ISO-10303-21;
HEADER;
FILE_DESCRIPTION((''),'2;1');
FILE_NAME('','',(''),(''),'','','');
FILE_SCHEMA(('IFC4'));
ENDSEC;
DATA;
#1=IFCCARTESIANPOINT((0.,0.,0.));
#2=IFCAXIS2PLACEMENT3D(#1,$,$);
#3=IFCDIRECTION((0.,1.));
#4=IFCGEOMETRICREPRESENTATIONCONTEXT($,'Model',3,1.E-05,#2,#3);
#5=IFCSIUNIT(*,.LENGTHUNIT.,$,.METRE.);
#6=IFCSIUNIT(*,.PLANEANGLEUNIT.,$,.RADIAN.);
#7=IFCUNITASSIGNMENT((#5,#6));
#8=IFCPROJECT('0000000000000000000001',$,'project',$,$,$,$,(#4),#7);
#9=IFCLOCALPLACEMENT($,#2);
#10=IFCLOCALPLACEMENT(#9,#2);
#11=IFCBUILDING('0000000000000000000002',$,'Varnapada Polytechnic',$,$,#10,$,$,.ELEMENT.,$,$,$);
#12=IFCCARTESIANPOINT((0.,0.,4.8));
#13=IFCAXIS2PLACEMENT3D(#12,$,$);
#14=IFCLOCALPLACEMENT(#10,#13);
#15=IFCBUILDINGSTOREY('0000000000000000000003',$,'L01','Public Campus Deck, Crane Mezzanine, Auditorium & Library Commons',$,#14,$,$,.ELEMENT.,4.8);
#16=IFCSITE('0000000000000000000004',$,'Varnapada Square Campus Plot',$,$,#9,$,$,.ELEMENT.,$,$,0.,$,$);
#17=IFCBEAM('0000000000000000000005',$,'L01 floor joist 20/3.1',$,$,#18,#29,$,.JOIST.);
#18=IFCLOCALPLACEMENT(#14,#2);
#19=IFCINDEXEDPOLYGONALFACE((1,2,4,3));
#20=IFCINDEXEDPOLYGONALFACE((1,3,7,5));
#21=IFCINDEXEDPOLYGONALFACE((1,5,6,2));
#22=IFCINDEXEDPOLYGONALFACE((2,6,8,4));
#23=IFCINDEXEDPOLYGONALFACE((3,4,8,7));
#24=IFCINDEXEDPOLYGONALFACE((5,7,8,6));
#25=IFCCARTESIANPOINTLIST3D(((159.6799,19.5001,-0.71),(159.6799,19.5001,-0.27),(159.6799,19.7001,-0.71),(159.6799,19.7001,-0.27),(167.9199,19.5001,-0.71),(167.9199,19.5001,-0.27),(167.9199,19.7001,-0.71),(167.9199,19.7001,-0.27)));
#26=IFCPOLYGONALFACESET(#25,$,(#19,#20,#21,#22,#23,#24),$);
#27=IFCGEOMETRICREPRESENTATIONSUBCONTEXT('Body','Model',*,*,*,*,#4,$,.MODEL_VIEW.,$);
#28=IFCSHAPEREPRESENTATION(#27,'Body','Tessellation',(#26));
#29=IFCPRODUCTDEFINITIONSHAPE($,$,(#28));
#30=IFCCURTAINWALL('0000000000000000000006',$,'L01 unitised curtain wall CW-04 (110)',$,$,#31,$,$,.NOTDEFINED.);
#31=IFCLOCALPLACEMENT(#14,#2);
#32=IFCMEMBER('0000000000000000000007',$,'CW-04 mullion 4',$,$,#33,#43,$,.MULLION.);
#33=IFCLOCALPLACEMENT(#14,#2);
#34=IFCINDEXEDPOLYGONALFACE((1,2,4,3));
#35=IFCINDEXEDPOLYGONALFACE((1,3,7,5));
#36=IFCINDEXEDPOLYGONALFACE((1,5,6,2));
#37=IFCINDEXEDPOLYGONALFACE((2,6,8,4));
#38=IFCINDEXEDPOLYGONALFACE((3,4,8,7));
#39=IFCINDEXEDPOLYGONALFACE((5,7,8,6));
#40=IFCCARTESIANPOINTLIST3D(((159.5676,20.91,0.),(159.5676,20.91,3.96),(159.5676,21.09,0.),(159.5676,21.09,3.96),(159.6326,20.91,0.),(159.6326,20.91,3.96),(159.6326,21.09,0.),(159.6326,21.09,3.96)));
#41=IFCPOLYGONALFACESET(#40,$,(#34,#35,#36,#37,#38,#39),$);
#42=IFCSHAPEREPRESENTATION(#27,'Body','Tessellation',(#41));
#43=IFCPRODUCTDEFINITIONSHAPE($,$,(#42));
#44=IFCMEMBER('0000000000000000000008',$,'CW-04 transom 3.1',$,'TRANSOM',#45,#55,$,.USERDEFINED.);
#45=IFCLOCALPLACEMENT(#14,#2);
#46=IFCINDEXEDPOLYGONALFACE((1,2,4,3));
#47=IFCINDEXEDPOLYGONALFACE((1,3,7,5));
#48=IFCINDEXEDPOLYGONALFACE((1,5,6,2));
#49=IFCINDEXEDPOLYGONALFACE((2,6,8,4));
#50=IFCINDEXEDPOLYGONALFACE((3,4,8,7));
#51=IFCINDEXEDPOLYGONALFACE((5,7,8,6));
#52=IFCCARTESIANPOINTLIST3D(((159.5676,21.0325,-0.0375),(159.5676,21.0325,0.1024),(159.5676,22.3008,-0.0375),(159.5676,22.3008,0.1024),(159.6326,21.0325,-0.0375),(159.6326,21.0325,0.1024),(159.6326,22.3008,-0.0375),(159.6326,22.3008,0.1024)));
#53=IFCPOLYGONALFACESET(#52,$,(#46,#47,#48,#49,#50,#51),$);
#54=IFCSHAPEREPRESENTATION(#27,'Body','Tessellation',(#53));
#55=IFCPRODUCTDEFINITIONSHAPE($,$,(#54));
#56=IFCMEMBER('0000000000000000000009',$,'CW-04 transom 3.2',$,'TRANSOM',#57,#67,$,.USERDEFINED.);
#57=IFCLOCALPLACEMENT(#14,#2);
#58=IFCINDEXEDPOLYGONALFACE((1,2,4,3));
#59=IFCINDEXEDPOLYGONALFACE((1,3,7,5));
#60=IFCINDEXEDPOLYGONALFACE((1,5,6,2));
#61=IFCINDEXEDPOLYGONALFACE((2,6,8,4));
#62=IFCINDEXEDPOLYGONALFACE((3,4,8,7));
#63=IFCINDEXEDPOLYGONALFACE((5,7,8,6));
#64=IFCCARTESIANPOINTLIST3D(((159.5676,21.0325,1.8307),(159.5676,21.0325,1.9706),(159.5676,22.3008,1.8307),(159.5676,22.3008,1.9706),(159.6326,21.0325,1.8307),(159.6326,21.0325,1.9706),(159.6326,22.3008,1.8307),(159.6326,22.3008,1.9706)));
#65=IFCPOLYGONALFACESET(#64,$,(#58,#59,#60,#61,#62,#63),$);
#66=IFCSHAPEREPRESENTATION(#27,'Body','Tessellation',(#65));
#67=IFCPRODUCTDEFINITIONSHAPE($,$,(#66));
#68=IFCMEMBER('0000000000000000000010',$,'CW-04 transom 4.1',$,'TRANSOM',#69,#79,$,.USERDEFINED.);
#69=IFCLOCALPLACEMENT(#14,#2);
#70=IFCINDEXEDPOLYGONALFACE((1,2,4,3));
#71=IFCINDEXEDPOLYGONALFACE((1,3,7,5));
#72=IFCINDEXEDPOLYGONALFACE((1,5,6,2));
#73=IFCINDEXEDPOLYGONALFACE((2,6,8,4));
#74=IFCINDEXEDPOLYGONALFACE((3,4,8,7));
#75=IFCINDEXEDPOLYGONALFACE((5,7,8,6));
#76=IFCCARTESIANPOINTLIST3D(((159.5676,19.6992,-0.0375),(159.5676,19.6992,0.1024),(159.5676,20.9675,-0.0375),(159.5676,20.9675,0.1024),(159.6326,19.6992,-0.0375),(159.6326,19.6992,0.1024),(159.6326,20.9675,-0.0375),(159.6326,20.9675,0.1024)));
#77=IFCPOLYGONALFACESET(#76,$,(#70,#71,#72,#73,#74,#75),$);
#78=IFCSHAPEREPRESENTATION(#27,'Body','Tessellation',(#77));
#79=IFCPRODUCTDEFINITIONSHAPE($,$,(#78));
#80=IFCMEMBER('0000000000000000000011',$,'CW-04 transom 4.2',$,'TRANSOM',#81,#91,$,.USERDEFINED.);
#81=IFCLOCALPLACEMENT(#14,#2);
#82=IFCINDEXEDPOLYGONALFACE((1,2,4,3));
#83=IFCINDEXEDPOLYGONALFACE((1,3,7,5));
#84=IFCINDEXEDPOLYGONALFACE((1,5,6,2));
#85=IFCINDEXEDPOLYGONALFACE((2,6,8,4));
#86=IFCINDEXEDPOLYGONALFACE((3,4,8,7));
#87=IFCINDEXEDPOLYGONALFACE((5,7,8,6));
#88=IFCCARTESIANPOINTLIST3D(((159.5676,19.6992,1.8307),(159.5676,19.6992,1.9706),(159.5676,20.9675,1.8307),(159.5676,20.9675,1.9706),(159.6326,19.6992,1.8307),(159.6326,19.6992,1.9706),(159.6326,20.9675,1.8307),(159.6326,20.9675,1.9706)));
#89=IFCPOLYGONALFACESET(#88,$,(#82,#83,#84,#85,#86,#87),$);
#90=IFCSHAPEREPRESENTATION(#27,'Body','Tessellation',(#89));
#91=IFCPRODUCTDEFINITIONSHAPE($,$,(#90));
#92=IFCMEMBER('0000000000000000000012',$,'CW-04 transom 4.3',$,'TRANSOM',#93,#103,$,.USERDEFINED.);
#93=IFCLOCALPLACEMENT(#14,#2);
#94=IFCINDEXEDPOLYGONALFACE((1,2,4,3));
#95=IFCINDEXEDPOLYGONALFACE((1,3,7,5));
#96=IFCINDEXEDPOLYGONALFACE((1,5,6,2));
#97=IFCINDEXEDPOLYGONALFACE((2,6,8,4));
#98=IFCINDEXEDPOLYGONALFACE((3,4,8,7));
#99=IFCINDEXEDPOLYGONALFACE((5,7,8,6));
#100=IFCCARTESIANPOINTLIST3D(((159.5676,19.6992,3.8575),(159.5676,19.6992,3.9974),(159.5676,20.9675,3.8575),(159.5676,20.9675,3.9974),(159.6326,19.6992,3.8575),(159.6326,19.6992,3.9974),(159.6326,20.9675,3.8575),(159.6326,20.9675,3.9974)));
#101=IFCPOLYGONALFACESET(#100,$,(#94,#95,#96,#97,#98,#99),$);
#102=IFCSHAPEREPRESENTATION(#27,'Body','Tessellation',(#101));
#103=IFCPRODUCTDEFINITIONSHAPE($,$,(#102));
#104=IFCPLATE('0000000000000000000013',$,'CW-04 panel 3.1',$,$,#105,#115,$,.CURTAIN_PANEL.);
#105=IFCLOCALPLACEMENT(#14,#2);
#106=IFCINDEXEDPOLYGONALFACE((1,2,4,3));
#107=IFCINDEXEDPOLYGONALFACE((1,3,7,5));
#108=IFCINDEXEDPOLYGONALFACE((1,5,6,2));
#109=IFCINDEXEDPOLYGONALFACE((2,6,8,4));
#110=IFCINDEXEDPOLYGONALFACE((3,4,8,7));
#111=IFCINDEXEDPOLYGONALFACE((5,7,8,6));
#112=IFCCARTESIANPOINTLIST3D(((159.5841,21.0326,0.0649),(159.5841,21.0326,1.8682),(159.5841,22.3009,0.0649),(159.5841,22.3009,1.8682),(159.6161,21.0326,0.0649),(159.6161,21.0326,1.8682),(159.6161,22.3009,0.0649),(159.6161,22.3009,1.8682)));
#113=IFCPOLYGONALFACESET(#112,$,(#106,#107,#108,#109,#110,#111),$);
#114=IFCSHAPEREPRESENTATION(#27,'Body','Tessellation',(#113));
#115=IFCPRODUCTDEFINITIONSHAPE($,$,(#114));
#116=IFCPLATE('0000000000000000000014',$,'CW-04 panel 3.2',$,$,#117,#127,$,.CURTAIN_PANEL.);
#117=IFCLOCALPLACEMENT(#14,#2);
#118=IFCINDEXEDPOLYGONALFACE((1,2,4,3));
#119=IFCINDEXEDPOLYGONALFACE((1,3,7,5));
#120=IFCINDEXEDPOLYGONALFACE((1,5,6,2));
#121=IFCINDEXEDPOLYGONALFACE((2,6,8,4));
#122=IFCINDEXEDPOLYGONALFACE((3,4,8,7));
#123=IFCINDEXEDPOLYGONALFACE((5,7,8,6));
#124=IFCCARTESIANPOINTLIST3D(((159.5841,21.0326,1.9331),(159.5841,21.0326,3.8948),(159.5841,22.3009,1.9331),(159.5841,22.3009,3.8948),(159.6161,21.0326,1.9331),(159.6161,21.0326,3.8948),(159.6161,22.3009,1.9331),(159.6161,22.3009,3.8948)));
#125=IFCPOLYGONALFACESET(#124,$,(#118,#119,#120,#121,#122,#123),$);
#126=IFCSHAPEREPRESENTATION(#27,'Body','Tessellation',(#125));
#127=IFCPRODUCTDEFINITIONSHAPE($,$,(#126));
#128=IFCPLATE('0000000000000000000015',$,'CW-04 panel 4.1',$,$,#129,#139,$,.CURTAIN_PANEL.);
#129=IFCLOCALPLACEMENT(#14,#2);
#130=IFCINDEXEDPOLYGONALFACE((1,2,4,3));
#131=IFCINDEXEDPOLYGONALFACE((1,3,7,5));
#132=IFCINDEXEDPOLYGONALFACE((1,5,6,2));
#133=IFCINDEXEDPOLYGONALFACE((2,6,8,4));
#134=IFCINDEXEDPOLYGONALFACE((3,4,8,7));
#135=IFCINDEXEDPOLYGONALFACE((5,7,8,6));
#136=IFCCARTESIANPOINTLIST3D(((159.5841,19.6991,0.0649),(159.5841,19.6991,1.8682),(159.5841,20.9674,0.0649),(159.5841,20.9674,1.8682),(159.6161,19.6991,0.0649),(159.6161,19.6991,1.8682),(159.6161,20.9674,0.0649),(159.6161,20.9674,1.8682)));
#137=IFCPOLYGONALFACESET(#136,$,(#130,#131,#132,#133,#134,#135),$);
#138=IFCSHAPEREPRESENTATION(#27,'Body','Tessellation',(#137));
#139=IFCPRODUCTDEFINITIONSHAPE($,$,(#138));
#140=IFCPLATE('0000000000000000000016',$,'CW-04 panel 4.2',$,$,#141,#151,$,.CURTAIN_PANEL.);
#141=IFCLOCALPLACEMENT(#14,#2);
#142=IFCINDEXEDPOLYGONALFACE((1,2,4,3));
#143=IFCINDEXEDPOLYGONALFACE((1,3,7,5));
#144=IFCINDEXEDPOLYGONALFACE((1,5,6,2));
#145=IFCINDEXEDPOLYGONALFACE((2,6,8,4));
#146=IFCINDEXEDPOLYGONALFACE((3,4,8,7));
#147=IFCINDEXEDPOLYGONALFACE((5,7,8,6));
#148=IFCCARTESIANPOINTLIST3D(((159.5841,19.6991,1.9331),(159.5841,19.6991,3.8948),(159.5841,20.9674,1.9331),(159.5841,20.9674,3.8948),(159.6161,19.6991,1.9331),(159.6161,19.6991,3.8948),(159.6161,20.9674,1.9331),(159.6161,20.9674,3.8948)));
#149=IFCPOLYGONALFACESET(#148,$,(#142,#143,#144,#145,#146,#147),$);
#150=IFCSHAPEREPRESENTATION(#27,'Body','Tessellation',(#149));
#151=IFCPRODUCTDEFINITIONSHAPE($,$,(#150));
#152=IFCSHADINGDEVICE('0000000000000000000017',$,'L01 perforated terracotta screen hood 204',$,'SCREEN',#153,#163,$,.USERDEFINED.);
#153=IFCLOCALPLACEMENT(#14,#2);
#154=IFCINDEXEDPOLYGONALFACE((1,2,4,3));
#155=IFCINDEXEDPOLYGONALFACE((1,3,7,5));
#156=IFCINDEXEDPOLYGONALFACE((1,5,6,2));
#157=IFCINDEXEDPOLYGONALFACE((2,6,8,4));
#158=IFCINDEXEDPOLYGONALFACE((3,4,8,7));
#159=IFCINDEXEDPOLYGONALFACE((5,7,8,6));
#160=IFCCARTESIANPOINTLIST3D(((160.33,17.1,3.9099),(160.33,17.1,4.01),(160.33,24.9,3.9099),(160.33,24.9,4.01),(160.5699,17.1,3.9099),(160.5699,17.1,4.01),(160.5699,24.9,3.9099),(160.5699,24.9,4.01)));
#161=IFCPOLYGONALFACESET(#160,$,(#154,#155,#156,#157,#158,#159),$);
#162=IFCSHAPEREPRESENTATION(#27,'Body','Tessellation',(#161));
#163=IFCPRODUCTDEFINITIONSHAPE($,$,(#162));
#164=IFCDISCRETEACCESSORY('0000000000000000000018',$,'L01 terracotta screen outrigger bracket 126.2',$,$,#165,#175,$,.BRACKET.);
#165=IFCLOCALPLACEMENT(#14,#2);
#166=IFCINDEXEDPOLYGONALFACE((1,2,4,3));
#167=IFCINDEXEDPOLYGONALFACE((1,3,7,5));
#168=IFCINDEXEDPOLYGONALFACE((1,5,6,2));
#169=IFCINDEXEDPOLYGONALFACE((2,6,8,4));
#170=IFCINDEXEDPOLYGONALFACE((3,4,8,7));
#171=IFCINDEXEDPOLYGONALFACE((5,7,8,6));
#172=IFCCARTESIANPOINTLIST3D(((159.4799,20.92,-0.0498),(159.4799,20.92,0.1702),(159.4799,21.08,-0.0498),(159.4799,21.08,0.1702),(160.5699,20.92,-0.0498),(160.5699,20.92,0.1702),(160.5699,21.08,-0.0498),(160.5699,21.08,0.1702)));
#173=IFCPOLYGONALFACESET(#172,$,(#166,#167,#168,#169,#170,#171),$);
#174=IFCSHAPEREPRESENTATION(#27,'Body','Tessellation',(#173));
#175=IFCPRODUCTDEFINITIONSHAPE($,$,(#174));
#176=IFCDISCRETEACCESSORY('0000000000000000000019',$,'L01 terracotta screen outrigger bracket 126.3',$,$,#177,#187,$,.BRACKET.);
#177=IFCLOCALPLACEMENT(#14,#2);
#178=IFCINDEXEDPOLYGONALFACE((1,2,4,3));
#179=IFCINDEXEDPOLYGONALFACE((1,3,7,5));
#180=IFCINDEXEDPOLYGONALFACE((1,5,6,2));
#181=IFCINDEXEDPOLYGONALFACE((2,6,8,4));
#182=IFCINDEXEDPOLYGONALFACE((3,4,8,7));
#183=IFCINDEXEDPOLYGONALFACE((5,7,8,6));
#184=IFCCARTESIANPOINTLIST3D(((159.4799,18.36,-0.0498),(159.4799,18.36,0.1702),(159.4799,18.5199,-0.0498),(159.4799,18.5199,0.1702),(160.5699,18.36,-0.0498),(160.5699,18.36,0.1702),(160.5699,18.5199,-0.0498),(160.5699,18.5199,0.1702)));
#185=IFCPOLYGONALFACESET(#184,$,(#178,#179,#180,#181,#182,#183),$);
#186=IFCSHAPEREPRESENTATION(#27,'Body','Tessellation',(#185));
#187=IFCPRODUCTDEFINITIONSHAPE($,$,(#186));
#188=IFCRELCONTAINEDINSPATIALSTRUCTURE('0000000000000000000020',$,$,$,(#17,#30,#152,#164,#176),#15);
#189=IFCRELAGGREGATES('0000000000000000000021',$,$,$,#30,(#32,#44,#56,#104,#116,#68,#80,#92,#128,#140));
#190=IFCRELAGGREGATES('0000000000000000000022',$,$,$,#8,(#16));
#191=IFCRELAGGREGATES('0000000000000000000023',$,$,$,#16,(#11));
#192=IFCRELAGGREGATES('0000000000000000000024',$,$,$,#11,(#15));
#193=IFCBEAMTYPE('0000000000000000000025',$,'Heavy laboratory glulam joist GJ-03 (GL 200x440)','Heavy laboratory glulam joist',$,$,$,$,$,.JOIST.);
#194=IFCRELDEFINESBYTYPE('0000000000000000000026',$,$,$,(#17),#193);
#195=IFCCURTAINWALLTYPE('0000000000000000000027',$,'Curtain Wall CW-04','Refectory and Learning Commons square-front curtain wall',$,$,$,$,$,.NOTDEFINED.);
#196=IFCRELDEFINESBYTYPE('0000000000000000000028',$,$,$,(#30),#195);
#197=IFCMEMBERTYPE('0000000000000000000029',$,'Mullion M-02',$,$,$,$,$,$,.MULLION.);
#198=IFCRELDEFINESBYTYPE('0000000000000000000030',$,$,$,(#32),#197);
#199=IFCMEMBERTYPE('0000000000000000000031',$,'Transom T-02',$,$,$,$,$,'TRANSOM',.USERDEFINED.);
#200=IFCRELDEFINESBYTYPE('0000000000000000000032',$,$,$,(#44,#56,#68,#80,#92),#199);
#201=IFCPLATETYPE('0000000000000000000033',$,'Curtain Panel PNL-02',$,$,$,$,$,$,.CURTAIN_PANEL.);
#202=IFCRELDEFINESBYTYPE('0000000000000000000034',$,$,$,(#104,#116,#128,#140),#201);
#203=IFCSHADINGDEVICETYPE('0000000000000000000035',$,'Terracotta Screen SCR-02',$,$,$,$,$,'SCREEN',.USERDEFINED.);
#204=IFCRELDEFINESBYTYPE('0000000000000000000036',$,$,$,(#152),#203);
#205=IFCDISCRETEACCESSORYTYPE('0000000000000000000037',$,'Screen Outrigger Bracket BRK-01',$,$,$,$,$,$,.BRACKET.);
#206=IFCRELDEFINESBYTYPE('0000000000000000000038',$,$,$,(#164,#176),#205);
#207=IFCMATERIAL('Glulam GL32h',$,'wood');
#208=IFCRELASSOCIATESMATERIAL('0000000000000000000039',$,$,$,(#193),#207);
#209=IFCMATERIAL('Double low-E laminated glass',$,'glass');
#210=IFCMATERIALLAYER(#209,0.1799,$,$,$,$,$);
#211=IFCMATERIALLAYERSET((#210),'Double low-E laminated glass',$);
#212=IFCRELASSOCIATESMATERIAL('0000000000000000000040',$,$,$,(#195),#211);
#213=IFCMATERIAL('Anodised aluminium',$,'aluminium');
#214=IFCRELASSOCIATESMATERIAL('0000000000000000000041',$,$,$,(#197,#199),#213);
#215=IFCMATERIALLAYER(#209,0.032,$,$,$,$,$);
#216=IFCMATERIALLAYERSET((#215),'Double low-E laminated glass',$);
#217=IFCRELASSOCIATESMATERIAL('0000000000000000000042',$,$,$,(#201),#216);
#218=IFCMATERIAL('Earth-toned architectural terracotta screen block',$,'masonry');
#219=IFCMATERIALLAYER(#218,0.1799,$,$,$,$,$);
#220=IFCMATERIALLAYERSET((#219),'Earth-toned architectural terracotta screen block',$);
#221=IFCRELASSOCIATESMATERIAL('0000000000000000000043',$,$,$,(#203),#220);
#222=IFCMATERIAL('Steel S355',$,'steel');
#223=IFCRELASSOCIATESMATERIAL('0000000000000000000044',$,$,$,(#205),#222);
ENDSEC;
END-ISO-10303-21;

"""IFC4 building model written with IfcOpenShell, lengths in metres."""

from ifc_helpers import new_model, si_unit, direction, frame, origin, origin_2d, place, context, subcontext, project, spatial, rectangle, extrude, material, layer, layer_set, material_profile, profile_set, type_object, element, aggregate, save


model = new_model("IFC4")

# Units and contexts
model_context = context("Model", 3, precision=1e-05, world=origin(), true_north=direction((0.0, 1.0)))
body_context = subcontext(model_context, "Body", "Model", "MODEL_VIEW")
ifc_project = project(units=[si_unit("LENGTHUNIT", "METRE"), si_unit("PLANEANGLEUNIT", "RADIAN")], contexts=[model_context])

# Site, building, storey
site_placement = place(None, origin())
site = spatial("IfcSite", under=ifc_project, at=site_placement, Name="Varnapada Square Campus Plot", CompositionType="ELEMENT", RefElevation=0.0)
building_placement = place(site_placement, origin())
building = spatial("IfcBuilding", under=site, at=building_placement, Name="Varnapada Polytechnic", CompositionType="ELEMENT")
storey_placement = place(building_placement, frame((0.0, 0.0, 4.8)))
storey = spatial("IfcBuildingStorey", under=building, at=storey_placement, Name="L01", Description="Public Campus Deck, Crane Mezzanine, Auditorium & Library Commons", CompositionType="ELEMENT", Elevation=4.8)

# Beam
ifc_material_1 = material(Name="Glulam GL32h", Category="wood")
ifc_material_profile_1 = material_profile(ifc_material_1, rectangle(XDim=0.2, YDim=0.4399, at=origin_2d()), Name="GL 200x440")
ifc_profile_set_1 = profile_set([ifc_material_profile_1], Name="Glulam GL32h")
beam_type = type_object("IfcBeamType", Name="Heavy laboratory glulam joist GJ-03 (GL 200x440)", Description="Heavy laboratory glulam joist", PredefinedType="JOIST", material=ifc_profile_set_1)
beam_placement = place(storey_placement, frame((159.6799, 19.6001, -0.49), z_axis=(1.0, 0.0, 0.0), x_axis=(0.0, 1.0, 0.0)))
element("IfcBeam", 1, at=beam_placement, inside=storey, type_object=beam_type, Name="L01 floor joist 20/3.1", PredefinedType="JOIST", context=body_context, shape_type="SweptSolid", body=[
    extrude(rectangle(XDim=0.2, YDim=0.4399, at=origin_2d()), origin(), (0.0, 0.0, 1.0), 8.24),
])

# Curtain wall, members, plates
ifc_material_2 = material(Name="Double low-E laminated glass", Category="glass")
ifc_layer_1 = layer(ifc_material_2, 0.1799)
ifc_layer_set_1 = layer_set([ifc_layer_1], Name="Double low-E laminated glass")
curtain_wall_type = type_object("IfcCurtainWallType", Name="Curtain Wall CW-04", Description="Refectory and Learning Commons square-front curtain wall", PredefinedType="NOTDEFINED", material=ifc_layer_set_1)
curtain_wall_placement = place(storey_placement, origin())
curtain_wall = element("IfcCurtainWall", 2, at=curtain_wall_placement, inside=storey, type_object=curtain_wall_type, Name="L01 unitised curtain wall CW-04 (110)", PredefinedType="NOTDEFINED")
ifc_material_3 = material(Name="Anodised aluminium", Category="aluminium")
ifc_material_profile_2 = material_profile(ifc_material_3, rectangle(XDim=0.0649, YDim=0.1799, at=origin_2d()), Name="ALU M65x180")
ifc_profile_set_2 = profile_set([ifc_material_profile_2], Name="Anodised aluminium")
member_type_1 = type_object("IfcMemberType", Name="Mullion M-02", PredefinedType="MULLION", material=ifc_profile_set_2)
member_1_placement = place(storey_placement, frame((159.6001, 21.0, 0.0), z_axis=(0.0, 0.0, 1.0), x_axis=(1.0, 0.0, 0.0)))
member_1 = element("IfcMember", 3, at=member_1_placement, type_object=member_type_1, Name="CW-04 mullion 4", PredefinedType="MULLION", context=body_context, shape_type="SweptSolid", body=[
    extrude(rectangle(XDim=0.0649, YDim=0.1799, at=origin_2d()), origin(), (0.0, 0.0, 1.0), 3.96),
])
ifc_material_profile_3 = material_profile(ifc_material_3, rectangle(XDim=0.0649, YDim=0.1399, at=origin_2d()), Name="ALU T65x140")
ifc_profile_set_3 = profile_set([ifc_material_profile_3], Name="Anodised aluminium")
member_type_2 = type_object("IfcMemberType", Name="Transom T-02", ElementType="TRANSOM", PredefinedType="USERDEFINED", material=ifc_profile_set_3)
member_2_placement = place(storey_placement, frame((159.6001, 22.3008, 0.0325), z_axis=(0.0, -1.0, 0.0), x_axis=(1.0, 0.0, 0.0)))
member_2 = element("IfcMember", 4, at=member_2_placement, type_object=member_type_2, Name="CW-04 transom 3.1", ObjectType="TRANSOM", PredefinedType="USERDEFINED", context=body_context, shape_type="SweptSolid", body=[
    extrude(rectangle(XDim=0.0649, YDim=0.1399, at=origin_2d()), origin(), (0.0, 0.0, 1.0), 1.2683),
])
member_3_placement = place(storey_placement, frame((159.6001, 22.3008, 1.9006), z_axis=(0.0, -1.0, 0.0), x_axis=(1.0, 0.0, 0.0)))
member_3 = element("IfcMember", 5, at=member_3_placement, type_object=member_type_2, Name="CW-04 transom 3.2", ObjectType="TRANSOM", PredefinedType="USERDEFINED", context=body_context, shape_type="SweptSolid", body=[
    extrude(rectangle(XDim=0.0649, YDim=0.1399, at=origin_2d()), origin(), (0.0, 0.0, 1.0), 1.2683),
])
member_4_placement = place(storey_placement, frame((159.6001, 20.9675, 0.0325), z_axis=(0.0, -1.0, 0.0), x_axis=(1.0, 0.0, 0.0)))
member_4 = element("IfcMember", 6, at=member_4_placement, type_object=member_type_2, Name="CW-04 transom 4.1", ObjectType="TRANSOM", PredefinedType="USERDEFINED", context=body_context, shape_type="SweptSolid", body=[
    extrude(rectangle(XDim=0.0649, YDim=0.1399, at=origin_2d()), origin(), (0.0, 0.0, 1.0), 1.2683),
])
member_5_placement = place(storey_placement, frame((159.6001, 20.9675, 1.9006), z_axis=(0.0, -1.0, 0.0), x_axis=(1.0, 0.0, 0.0)))
member_5 = element("IfcMember", 7, at=member_5_placement, type_object=member_type_2, Name="CW-04 transom 4.2", ObjectType="TRANSOM", PredefinedType="USERDEFINED", context=body_context, shape_type="SweptSolid", body=[
    extrude(rectangle(XDim=0.0649, YDim=0.1399, at=origin_2d()), origin(), (0.0, 0.0, 1.0), 1.2683),
])
member_6_placement = place(storey_placement, frame((159.6001, 20.9675, 3.9275), z_axis=(0.0, -1.0, 0.0), x_axis=(1.0, 0.0, 0.0)))
member_6 = element("IfcMember", 8, at=member_6_placement, type_object=member_type_2, Name="CW-04 transom 4.3", ObjectType="TRANSOM", PredefinedType="USERDEFINED", context=body_context, shape_type="SweptSolid", body=[
    extrude(rectangle(XDim=0.0649, YDim=0.1399, at=origin_2d()), origin(), (0.0, 0.0, 1.0), 1.2683),
])
ifc_layer_2 = layer(ifc_material_2, 0.032)
ifc_layer_set_2 = layer_set([ifc_layer_2], Name="Double low-E laminated glass")
plate_type = type_object("IfcPlateType", Name="Curtain Panel PNL-02", PredefinedType="CURTAIN_PANEL", material=ifc_layer_set_2)
plate_1_placement = place(storey_placement, frame((159.6001, 21.6667, 0.0649), z_axis=(0.0, 0.0, 1.0), x_axis=(0.0, -1.0, 0.0)))
plate_1 = element("IfcPlate", 9, at=plate_1_placement, type_object=plate_type, Name="CW-04 panel 3.1", PredefinedType="CURTAIN_PANEL", context=body_context, shape_type="SweptSolid", body=[
    extrude(rectangle(XDim=1.2683, YDim=0.032, at=origin_2d()), origin(), (0.0, 0.0, 1.0), 1.8032),
])
plate_2_placement = place(storey_placement, frame((159.6001, 21.6667, 1.9331), z_axis=(0.0, 0.0, 1.0), x_axis=(0.0, -1.0, 0.0)))
plate_2 = element("IfcPlate", 10, at=plate_2_placement, type_object=plate_type, Name="CW-04 panel 3.2", PredefinedType="CURTAIN_PANEL", context=body_context, shape_type="SweptSolid", body=[
    extrude(rectangle(XDim=1.2683, YDim=0.032, at=origin_2d()), origin(), (0.0, 0.0, 1.0), 1.9617),
])
plate_3_placement = place(storey_placement, frame((159.6001, 20.3333, 0.0649), z_axis=(0.0, 0.0, 1.0), x_axis=(0.0, -1.0, 0.0)))
plate_3 = element("IfcPlate", 11, at=plate_3_placement, type_object=plate_type, Name="CW-04 panel 4.1", PredefinedType="CURTAIN_PANEL", context=body_context, shape_type="SweptSolid", body=[
    extrude(rectangle(XDim=1.2683, YDim=0.032, at=origin_2d()), origin(), (0.0, 0.0, 1.0), 1.8032),
])
plate_4_placement = place(storey_placement, frame((159.6001, 20.3333, 1.9331), z_axis=(0.0, 0.0, 1.0), x_axis=(0.0, -1.0, 0.0)))
plate_4 = element("IfcPlate", 12, at=plate_4_placement, type_object=plate_type, Name="CW-04 panel 4.2", PredefinedType="CURTAIN_PANEL", context=body_context, shape_type="SweptSolid", body=[
    extrude(rectangle(XDim=1.2683, YDim=0.032, at=origin_2d()), origin(), (0.0, 0.0, 1.0), 1.9617),
])
aggregate(curtain_wall, [member_1, member_2, member_3, plate_1, plate_2, member_4, member_5, member_6, plate_3, plate_4])

# Shading device
ifc_material_4 = material(Name="Earth-toned architectural terracotta screen block", Category="masonry")
ifc_layer_3 = layer(ifc_material_4, 0.1799)
ifc_layer_set_3 = layer_set([ifc_layer_3], Name="Earth-toned architectural terracotta screen block")
shading_device_type = type_object("IfcShadingDeviceType", Name="Terracotta Screen SCR-02", ElementType="SCREEN", PredefinedType="USERDEFINED", material=ifc_layer_set_3)
shading_device_placement = place(storey_placement, frame((160.45, 21.0, 3.9099), z_axis=(0.0, 0.0, 1.0), x_axis=(0.0, -1.0, 0.0)))
element("IfcShadingDevice", 13, at=shading_device_placement, inside=storey, type_object=shading_device_type, Name="L01 perforated terracotta screen hood 204", ObjectType="SCREEN", PredefinedType="USERDEFINED", context=body_context, shape_type="SweptSolid", body=[
    extrude(rectangle(XDim=7.8, YDim=0.24, at=origin_2d()), origin(), (0.0, 0.0, 1.0), 0.1001),
])

# Discrete accessories
ifc_material_5 = material(Name="Steel S355", Category="steel")
discrete_accessory_type = type_object("IfcDiscreteAccessoryType", Name="Screen Outrigger Bracket BRK-01", PredefinedType="BRACKET", material=ifc_material_5)
for number, where, z_axis, x_axis, name in (
    (14, (160.0249, 21.0, -0.0498), (0.0, 0.0, 1.0), (0.0, -1.0, 0.0), "L01 terracotta screen outrigger bracket 126.2"),
    (15, (160.0249, 18.4399, -0.0498), (0.0, 0.0, 1.0), (0.0, -1.0, 0.0), "L01 terracotta screen outrigger bracket 126.3"),
):
    element("IfcDiscreteAccessory", number, at=place(storey_placement, frame(where, z_axis=z_axis, x_axis=x_axis)), inside=storey, type_object=discrete_accessory_type, Name=name, PredefinedType="BRACKET", context=body_context, shape_type="SweptSolid", body=[
        extrude(rectangle(XDim=0.1599, YDim=1.0901, at=origin_2d()), origin(), (0.0, 0.0, 1.0), 0.22),
    ])

save(model, "model.ifc")
